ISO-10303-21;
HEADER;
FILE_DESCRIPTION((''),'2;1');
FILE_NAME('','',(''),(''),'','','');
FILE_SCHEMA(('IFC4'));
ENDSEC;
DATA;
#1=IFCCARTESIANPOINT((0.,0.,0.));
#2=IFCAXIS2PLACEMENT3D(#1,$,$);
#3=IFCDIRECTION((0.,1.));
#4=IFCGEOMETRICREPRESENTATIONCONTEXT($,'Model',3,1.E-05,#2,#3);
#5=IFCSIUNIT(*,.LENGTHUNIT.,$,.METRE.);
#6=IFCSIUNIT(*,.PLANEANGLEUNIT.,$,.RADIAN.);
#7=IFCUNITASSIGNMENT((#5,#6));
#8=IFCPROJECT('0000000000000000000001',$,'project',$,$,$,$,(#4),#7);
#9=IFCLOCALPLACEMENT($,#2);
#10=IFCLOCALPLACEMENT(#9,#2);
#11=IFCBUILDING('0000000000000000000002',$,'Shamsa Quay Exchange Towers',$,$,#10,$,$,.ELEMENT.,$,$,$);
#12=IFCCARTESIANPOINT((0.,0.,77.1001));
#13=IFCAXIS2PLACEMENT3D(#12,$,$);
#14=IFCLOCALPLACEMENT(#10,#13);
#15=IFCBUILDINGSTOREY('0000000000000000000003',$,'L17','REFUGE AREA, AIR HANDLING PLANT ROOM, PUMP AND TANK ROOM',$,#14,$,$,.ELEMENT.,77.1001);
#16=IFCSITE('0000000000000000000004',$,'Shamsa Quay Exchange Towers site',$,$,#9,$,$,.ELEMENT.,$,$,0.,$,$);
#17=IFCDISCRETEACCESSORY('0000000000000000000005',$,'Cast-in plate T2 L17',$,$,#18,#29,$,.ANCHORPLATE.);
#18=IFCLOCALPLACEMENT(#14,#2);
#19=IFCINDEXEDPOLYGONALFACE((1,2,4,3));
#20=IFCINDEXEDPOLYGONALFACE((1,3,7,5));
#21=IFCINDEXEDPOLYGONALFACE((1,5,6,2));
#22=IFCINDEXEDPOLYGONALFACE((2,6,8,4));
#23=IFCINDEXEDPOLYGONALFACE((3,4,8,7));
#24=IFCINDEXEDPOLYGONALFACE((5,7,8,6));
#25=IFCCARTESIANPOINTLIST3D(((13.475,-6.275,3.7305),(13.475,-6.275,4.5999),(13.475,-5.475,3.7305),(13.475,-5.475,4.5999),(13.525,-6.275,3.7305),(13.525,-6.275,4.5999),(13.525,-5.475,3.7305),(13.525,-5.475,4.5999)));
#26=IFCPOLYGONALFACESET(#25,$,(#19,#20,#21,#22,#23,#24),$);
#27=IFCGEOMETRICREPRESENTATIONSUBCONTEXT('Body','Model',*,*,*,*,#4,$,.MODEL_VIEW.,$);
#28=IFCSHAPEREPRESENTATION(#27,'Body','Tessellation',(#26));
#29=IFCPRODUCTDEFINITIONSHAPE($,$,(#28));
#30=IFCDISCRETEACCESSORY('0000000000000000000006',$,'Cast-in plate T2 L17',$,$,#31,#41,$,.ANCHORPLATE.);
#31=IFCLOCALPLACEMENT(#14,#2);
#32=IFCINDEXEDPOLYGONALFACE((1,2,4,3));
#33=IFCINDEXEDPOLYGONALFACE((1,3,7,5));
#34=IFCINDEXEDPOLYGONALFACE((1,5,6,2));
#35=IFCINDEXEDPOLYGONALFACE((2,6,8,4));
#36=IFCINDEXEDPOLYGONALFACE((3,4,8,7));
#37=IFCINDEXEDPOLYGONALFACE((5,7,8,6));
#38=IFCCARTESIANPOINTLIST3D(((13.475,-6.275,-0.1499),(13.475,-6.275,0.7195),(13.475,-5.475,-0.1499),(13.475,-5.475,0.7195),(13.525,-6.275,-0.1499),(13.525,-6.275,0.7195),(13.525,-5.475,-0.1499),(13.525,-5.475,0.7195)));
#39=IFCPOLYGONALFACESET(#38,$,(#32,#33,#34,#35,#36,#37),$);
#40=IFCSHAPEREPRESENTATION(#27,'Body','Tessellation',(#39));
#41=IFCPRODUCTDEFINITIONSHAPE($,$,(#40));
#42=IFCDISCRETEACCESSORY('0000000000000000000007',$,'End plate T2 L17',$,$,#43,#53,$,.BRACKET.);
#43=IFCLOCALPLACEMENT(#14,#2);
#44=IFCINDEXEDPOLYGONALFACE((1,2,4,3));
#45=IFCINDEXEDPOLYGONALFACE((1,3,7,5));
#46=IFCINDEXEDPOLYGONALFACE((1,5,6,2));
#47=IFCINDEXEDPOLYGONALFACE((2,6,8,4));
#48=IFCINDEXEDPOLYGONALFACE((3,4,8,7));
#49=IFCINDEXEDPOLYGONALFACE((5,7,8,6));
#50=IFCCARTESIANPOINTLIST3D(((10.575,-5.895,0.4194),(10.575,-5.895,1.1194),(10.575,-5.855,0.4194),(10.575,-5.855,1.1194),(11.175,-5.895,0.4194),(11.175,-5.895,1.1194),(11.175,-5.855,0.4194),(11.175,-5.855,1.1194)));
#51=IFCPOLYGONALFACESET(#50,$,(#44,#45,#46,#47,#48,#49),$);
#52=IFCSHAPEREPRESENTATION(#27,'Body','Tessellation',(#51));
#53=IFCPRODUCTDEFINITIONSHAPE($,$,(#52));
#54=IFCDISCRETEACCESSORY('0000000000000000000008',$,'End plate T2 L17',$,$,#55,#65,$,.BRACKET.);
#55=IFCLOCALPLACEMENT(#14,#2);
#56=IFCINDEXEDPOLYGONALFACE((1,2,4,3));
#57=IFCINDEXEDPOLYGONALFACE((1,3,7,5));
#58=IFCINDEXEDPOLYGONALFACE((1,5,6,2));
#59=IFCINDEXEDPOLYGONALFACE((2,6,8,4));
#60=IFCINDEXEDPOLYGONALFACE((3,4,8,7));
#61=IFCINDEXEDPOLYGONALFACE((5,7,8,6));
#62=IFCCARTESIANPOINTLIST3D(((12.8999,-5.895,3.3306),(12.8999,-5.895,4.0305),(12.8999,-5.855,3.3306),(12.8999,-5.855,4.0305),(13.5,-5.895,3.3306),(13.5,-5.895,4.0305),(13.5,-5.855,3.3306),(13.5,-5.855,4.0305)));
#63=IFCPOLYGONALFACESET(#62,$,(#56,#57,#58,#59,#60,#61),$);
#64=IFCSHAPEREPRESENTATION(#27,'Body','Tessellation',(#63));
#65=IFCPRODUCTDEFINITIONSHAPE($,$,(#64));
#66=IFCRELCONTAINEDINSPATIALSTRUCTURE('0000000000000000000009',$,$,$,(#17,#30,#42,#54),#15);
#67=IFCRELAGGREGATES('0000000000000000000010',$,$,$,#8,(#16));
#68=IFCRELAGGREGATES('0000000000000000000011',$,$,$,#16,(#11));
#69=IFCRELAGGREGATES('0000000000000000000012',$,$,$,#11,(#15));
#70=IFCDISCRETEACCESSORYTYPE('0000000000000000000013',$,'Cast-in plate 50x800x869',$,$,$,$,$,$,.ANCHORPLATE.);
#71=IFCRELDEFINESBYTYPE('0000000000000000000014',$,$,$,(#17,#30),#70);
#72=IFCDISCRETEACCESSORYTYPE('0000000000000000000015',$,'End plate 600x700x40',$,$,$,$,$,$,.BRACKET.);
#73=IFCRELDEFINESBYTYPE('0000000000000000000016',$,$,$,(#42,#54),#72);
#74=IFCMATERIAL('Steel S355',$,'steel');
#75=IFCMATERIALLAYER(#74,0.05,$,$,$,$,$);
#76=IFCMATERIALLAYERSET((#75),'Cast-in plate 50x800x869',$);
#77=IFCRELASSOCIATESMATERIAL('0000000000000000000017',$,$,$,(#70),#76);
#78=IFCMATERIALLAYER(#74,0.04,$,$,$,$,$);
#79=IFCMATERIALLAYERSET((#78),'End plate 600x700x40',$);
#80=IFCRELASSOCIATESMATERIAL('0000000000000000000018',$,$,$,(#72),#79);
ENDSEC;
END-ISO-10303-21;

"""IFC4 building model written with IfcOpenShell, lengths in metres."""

from ifc_helpers import new_model, si_unit, direction, frame, origin, origin_2d, place, context, subcontext, project, spatial, rectangle, extrude, material, layer, layer_set, type_object, element, save


model = new_model("IFC4")

# Units and contexts
model_context = context("Model", 3, precision=1e-05, world=origin(), true_north=direction((0.0, 1.0)))
body_context = subcontext(model_context, "Body", "Model", "MODEL_VIEW")
ifc_project = project(units=[si_unit("LENGTHUNIT", "METRE"), si_unit("PLANEANGLEUNIT", "RADIAN")], contexts=[model_context])

# Site, building, storey
site_placement = place(None, origin())
site = spatial("IfcSite", under=ifc_project, at=site_placement, Name="Shamsa Quay Exchange Towers site", CompositionType="ELEMENT", RefElevation=0.0)
building_placement = place(site_placement, origin())
building = spatial("IfcBuilding", under=site, at=building_placement, Name="Shamsa Quay Exchange Towers", CompositionType="ELEMENT")
storey_placement = place(building_placement, frame((0.0, 0.0, 77.1001)))
storey = spatial("IfcBuildingStorey", under=building, at=storey_placement, Name="L17", Description="REFUGE AREA, AIR HANDLING PLANT ROOM, PUMP AND TANK ROOM", CompositionType="ELEMENT", Elevation=77.1001)

# Shared definitions
ifc_material_1 = material(Name="Steel S355", Category="steel")

# Discrete accessories
ifc_layer_1 = layer(ifc_material_1, 0.05)
ifc_layer_set_1 = layer_set([ifc_layer_1], Name="Cast-in plate 50x800x869")
discrete_accessory_type_1 = type_object("IfcDiscreteAccessoryType", Name="Cast-in plate 50x800x869", PredefinedType="ANCHORPLATE", material=ifc_layer_set_1)
for number, where, name in (
    (1, (13.5, -5.875, 3.7305), "Cast-in plate T2 L17"),
    (2, (13.5, -5.875, -0.1499), "Cast-in plate T2 L17"),
):
    element("IfcDiscreteAccessory", number, at=place(storey_placement, frame(where)), inside=storey, type_object=discrete_accessory_type_1, Name=name, PredefinedType="ANCHORPLATE", context=body_context, shape_type="SweptSolid", body=[
        extrude(rectangle(XDim=0.05, YDim=0.8, at=origin_2d()), origin(), (0.0, 0.0, 1.0), 0.8694),
    ])
ifc_layer_2 = layer(ifc_material_1, 0.04)
ifc_layer_set_2 = layer_set([ifc_layer_2], Name="End plate 600x700x40")
discrete_accessory_type_2 = type_object("IfcDiscreteAccessoryType", Name="End plate 600x700x40", PredefinedType="BRACKET", material=ifc_layer_set_2)
for number, where, name in (
    (3, (10.875, -5.875, 0.4194), "End plate T2 L17"),
    (4, (13.2, -5.875, 3.3306), "End plate T2 L17"),
):
    element("IfcDiscreteAccessory", number, at=place(storey_placement, frame(where)), inside=storey, type_object=discrete_accessory_type_2, Name=name, PredefinedType="BRACKET", context=body_context, shape_type="SweptSolid", body=[
        extrude(rectangle(XDim=0.6001, YDim=0.04, at=origin_2d()), origin(), (0.0, 0.0, 1.0), 0.7),
    ])

save(model, "model.ifc")
